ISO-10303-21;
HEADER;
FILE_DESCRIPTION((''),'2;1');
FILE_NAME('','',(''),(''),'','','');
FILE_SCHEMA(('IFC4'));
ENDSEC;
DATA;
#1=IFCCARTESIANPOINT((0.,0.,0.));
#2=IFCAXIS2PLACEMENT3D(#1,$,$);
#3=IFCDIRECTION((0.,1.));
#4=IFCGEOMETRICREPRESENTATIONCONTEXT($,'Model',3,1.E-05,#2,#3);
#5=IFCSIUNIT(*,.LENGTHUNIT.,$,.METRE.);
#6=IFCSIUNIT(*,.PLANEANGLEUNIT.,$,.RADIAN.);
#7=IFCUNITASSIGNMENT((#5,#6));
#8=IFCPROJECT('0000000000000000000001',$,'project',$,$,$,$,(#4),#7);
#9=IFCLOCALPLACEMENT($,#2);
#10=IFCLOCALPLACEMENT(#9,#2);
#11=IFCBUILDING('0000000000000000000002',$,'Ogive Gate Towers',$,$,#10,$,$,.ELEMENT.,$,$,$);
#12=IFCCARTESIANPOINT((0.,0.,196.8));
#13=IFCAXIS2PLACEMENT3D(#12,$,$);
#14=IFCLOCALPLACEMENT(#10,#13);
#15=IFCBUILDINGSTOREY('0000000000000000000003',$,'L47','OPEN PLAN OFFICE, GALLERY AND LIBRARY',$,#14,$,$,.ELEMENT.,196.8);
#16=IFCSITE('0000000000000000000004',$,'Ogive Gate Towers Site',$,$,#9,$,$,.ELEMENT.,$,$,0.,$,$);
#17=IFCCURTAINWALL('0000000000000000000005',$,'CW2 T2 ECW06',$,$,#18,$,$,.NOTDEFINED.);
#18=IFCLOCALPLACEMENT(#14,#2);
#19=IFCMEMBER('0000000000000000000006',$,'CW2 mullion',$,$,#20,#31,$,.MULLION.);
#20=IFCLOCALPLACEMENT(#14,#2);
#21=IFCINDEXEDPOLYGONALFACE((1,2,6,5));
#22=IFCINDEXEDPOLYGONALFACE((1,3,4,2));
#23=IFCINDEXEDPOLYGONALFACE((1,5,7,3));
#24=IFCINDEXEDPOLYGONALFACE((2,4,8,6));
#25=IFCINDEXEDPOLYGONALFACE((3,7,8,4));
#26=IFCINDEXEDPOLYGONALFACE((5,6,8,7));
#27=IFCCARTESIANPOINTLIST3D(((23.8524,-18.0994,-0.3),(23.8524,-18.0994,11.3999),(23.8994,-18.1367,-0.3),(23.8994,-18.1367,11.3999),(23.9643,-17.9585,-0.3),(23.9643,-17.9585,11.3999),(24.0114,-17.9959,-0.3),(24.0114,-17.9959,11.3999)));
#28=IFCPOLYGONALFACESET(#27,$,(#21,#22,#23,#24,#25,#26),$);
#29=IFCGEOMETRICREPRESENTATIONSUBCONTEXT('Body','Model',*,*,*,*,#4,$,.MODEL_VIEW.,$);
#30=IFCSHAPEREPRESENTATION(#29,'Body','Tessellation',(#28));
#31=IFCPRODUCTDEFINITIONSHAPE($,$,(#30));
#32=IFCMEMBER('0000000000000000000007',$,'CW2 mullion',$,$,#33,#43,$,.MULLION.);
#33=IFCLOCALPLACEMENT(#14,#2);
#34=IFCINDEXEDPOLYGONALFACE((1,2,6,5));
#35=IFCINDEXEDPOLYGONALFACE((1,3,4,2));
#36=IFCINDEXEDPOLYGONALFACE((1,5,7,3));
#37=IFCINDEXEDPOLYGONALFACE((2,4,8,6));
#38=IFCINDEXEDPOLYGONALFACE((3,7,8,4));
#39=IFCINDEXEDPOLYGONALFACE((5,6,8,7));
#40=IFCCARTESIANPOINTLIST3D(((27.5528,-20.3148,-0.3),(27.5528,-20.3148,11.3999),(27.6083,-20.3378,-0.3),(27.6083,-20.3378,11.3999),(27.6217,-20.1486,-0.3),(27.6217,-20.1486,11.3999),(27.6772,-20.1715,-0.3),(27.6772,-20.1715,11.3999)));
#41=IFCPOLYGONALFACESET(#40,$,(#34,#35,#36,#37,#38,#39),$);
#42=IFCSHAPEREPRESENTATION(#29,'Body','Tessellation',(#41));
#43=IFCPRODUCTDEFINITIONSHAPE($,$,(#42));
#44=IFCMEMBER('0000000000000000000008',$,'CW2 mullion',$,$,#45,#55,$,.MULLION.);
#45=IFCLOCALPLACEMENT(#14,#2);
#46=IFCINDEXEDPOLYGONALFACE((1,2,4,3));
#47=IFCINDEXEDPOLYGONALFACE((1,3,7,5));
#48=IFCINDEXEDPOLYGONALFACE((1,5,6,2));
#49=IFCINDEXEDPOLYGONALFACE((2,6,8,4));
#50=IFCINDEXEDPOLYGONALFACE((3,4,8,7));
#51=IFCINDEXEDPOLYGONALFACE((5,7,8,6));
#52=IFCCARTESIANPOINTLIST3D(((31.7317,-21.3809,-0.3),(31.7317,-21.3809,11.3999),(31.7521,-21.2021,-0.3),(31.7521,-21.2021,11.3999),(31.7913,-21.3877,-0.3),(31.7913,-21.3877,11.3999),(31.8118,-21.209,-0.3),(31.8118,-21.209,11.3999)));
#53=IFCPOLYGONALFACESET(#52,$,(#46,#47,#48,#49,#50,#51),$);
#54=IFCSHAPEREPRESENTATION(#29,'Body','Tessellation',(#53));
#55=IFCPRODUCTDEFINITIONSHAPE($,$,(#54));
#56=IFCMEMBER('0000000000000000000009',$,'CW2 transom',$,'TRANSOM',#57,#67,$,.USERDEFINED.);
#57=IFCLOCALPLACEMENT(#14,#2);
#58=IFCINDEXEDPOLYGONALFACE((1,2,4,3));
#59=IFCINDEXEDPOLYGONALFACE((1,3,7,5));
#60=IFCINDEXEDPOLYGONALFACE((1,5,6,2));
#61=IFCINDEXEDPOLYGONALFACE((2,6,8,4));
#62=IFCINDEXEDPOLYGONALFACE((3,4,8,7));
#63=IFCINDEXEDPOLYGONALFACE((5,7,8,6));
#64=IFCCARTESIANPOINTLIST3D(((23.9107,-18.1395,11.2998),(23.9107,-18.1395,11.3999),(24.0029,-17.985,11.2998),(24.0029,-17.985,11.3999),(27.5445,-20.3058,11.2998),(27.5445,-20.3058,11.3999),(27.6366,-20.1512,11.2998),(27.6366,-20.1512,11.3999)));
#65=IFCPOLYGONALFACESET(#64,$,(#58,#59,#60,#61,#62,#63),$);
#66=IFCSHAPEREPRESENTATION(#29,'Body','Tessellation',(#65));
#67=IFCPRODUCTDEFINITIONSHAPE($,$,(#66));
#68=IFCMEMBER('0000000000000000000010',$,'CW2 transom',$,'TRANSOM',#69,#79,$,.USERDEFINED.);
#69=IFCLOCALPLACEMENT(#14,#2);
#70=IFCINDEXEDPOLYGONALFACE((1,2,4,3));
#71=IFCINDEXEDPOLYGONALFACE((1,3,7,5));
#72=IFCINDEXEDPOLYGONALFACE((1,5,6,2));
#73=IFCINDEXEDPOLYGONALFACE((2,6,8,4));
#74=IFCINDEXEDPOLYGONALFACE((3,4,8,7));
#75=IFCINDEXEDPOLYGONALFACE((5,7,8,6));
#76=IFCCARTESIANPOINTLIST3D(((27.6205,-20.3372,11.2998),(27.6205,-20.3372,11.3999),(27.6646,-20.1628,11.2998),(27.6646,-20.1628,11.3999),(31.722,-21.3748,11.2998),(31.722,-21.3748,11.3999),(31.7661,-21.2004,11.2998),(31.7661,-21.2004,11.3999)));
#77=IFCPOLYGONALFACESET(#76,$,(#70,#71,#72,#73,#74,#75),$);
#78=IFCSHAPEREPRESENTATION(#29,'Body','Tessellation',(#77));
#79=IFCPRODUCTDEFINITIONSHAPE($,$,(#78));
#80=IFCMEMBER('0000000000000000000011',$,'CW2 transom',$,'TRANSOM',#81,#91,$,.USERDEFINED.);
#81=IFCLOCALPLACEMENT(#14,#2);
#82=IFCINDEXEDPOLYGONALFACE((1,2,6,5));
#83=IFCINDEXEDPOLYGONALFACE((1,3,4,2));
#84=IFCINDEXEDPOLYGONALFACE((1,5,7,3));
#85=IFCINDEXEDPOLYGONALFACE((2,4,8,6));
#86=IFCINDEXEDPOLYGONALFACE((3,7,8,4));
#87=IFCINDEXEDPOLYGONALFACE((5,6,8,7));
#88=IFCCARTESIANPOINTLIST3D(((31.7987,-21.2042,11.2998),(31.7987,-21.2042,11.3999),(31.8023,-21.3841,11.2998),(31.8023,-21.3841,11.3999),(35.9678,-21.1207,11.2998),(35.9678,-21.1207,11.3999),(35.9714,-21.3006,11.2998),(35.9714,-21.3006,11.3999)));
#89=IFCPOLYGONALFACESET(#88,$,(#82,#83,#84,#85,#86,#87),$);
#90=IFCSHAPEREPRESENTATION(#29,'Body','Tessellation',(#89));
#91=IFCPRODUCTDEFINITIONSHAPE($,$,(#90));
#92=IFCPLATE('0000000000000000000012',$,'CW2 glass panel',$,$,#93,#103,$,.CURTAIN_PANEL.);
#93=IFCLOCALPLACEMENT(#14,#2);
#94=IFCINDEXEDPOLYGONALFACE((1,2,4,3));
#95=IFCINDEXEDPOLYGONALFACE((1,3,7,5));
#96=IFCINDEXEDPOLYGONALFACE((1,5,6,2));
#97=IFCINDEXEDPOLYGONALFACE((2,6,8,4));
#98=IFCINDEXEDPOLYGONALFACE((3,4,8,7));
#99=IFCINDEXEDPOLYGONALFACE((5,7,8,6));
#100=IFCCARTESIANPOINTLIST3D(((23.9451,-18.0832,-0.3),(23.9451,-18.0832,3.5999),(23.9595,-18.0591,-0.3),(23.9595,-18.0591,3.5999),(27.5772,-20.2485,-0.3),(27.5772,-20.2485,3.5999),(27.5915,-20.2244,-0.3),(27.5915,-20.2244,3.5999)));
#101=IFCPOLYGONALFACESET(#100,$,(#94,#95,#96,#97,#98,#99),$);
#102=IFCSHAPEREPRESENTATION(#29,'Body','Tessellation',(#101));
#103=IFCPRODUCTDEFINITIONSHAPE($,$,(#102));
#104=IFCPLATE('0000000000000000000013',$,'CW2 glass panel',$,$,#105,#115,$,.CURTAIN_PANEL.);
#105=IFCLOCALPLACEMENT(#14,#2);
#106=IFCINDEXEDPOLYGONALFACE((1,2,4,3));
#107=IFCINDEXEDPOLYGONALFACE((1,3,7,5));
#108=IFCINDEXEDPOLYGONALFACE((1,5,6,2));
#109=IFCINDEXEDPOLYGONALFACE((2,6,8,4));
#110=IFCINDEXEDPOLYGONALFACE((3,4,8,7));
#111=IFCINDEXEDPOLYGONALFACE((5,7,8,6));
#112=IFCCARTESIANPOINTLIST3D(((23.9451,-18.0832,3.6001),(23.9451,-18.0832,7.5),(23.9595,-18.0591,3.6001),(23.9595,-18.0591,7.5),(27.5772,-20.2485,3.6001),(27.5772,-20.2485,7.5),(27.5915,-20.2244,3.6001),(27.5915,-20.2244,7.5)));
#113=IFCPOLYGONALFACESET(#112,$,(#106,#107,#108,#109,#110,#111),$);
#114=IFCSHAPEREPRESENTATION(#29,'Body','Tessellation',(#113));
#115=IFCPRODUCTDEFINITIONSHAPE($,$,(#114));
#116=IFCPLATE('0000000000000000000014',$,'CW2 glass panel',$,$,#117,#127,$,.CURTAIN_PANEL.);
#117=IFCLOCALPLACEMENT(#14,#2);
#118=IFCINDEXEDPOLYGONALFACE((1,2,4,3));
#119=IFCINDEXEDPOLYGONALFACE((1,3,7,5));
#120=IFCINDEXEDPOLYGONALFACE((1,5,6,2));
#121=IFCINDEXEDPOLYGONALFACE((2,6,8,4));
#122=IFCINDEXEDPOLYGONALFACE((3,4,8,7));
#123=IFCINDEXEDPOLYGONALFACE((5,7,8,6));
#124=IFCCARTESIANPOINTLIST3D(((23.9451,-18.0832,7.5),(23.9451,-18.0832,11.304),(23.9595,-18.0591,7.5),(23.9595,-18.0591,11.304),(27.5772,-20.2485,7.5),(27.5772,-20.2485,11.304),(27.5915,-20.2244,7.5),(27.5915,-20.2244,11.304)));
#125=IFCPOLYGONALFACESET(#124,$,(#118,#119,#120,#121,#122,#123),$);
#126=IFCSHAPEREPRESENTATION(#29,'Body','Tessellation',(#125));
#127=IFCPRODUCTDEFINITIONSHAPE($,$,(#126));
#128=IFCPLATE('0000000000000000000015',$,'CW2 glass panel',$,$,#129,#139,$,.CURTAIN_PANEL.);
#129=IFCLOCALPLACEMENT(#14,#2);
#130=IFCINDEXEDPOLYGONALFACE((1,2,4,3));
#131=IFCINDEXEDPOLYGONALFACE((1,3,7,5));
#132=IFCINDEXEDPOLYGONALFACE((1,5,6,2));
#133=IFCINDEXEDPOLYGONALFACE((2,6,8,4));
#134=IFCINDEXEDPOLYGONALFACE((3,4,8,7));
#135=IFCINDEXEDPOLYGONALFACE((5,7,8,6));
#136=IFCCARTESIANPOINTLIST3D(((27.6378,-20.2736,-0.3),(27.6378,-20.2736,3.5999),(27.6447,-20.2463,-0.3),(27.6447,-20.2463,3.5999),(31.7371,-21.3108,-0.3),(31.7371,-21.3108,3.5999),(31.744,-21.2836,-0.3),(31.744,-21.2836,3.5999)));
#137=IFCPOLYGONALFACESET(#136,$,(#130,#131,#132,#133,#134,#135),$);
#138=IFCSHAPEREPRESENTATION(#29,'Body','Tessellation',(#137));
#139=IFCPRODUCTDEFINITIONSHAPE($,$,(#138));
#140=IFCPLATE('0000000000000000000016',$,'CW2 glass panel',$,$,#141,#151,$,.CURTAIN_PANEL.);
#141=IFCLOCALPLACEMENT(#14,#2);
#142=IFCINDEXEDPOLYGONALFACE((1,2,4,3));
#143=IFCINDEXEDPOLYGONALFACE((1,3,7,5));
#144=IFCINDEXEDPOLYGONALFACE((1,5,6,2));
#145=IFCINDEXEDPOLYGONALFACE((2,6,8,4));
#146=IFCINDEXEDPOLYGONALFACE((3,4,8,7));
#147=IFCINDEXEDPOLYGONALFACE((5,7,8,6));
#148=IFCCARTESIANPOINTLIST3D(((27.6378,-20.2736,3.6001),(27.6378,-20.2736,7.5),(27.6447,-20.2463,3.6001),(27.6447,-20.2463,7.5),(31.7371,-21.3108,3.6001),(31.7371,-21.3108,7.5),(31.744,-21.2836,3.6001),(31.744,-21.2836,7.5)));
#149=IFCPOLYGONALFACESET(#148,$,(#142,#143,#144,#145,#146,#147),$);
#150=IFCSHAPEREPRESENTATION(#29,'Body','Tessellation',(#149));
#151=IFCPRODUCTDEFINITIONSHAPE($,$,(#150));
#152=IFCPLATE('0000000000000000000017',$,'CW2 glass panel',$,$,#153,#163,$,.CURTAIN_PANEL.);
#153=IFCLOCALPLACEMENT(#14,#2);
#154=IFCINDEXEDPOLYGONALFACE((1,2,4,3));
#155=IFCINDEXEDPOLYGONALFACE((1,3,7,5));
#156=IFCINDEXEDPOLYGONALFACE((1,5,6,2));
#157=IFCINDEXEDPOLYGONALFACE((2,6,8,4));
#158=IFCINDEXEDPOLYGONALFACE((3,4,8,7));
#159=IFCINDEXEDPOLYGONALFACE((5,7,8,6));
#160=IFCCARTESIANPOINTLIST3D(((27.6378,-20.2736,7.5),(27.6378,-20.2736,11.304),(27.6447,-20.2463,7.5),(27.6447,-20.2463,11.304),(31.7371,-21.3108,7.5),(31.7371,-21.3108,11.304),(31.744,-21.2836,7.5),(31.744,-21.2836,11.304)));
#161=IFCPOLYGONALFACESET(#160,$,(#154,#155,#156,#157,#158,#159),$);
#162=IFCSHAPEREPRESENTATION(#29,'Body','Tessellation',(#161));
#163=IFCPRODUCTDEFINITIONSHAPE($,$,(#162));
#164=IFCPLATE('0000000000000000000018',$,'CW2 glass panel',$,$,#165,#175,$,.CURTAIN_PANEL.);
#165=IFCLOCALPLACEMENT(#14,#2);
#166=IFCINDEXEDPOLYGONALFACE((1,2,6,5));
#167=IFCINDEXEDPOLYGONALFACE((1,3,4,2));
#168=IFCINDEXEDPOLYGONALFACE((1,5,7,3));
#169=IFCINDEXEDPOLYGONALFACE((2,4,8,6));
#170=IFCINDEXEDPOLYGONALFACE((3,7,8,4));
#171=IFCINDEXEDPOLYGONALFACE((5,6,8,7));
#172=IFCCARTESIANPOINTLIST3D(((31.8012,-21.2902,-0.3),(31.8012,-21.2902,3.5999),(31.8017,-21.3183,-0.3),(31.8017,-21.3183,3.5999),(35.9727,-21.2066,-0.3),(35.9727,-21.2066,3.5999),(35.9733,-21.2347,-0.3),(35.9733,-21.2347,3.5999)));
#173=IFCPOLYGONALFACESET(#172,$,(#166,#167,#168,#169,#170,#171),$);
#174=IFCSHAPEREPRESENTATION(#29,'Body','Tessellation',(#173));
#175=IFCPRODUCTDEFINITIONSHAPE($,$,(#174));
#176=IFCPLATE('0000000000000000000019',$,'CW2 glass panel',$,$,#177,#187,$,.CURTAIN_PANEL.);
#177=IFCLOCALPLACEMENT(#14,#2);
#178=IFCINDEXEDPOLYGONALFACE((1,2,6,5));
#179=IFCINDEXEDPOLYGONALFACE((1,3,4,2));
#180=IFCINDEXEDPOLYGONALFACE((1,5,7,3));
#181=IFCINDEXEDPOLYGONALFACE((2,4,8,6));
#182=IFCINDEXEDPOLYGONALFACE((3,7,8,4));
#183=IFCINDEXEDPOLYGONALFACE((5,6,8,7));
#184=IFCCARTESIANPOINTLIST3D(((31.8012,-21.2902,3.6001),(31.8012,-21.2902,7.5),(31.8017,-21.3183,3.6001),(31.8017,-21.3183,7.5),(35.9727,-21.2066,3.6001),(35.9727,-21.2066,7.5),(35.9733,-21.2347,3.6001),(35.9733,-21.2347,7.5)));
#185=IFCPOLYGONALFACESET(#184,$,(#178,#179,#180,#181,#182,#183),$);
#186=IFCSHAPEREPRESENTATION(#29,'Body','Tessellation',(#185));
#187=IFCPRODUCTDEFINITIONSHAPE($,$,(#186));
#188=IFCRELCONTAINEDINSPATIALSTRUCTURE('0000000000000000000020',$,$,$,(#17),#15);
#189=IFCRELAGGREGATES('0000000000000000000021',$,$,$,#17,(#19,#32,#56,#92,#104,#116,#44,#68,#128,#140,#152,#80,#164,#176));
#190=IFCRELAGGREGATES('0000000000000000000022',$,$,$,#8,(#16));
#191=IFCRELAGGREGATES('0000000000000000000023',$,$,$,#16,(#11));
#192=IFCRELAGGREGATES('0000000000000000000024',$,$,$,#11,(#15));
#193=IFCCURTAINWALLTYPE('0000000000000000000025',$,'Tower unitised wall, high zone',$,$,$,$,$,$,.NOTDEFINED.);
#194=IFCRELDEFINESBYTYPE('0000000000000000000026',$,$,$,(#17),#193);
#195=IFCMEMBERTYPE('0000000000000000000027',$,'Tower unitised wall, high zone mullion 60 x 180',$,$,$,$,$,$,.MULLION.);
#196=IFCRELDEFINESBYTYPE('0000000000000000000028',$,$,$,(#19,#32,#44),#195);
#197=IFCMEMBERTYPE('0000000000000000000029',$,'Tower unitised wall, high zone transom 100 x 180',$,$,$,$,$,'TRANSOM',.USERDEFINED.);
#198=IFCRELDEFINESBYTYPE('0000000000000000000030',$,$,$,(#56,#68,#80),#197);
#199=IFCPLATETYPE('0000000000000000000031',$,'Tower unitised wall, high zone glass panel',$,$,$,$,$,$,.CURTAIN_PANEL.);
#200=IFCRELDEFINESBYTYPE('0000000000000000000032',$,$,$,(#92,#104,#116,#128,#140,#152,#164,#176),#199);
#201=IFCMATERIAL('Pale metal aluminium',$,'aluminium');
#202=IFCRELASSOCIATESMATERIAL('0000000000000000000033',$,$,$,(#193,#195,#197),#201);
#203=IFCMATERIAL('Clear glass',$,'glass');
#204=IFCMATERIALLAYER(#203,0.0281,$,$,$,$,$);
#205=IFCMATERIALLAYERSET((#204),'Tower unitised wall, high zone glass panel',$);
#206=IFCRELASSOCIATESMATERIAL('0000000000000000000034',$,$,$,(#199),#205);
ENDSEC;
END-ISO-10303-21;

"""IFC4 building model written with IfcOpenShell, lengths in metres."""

from ifc_helpers import new_model, si_unit, direction, frame, origin, origin_2d, place, context, subcontext, project, spatial, rectangle, extrude, material, layer, layer_set, material_profile, profile_set, type_object, element, aggregate, save


model = new_model("IFC4")

# Units and contexts
model_context = context("Model", 3, precision=1e-05, world=origin(), true_north=direction((0.0, 1.0)))
body_context = subcontext(model_context, "Body", "Model", "MODEL_VIEW")
ifc_project = project(units=[si_unit("LENGTHUNIT", "METRE"), si_unit("PLANEANGLEUNIT", "RADIAN")], contexts=[model_context])

# Site, building, storey
site_placement = place(None, origin())
site = spatial("IfcSite", under=ifc_project, at=site_placement, Name="Ogive Gate Towers Site", CompositionType="ELEMENT", RefElevation=0.0)
building_placement = place(site_placement, origin())
building = spatial("IfcBuilding", under=site, at=building_placement, Name="Ogive Gate Towers", CompositionType="ELEMENT")
storey_placement = place(building_placement, frame((0.0, 0.0, 196.8)))
storey = spatial("IfcBuildingStorey", under=building, at=storey_placement, Name="L47", Description="OPEN PLAN OFFICE, GALLERY AND LIBRARY", CompositionType="ELEMENT", Elevation=196.8)

# Curtain wall, members, plates
ifc_material_1 = material(Name="Pale metal aluminium", Category="aluminium")
curtain_wall_type = type_object("IfcCurtainWallType", Name="Tower unitised wall, high zone", PredefinedType="NOTDEFINED", material=ifc_material_1)
curtain_wall_placement = place(storey_placement, origin())
curtain_wall = element("IfcCurtainWall", 1, at=curtain_wall_placement, inside=storey, type_object=curtain_wall_type, Name="CW2 T2 ECW06", PredefinedType="NOTDEFINED")
ifc_material_profile_1 = material_profile(ifc_material_1, rectangle(XDim=0.1799, YDim=0.0601, at=origin_2d()), Name="60 x 180 aluminium box")
ifc_profile_set_1 = profile_set([ifc_material_profile_1], Name="Pale metal aluminium")
member_type_1 = type_object("IfcMemberType", Name="Tower unitised wall, high zone mullion 60 x 180", PredefinedType="MULLION", material=ifc_profile_set_1)
member_1_placement = place(storey_placement, frame((23.9319, -18.0476, -0.3), z_axis=(0.0, 0.0, 1.0), x_axis=(-0.622173, -0.78288, 0.0)))
member_1 = element("IfcMember", 2, at=member_1_placement, type_object=member_type_1, Name="CW2 mullion", PredefinedType="MULLION", context=body_context, shape_type="SweptSolid", body=[
    extrude(rectangle(XDim=0.1799, YDim=0.0601, at=origin_2d()), origin(), (0.0, 0.0, 1.0), 11.7),
])
member_2_placement = place(storey_placement, frame((27.615, -20.2432, -0.3), z_axis=(0.0, 0.0, 1.0), x_axis=(-0.382683, -0.92388, 0.0)))
member_2 = element("IfcMember", 3, at=member_2_placement, type_object=member_type_1, Name="CW2 mullion", PredefinedType="MULLION", context=body_context, shape_type="SweptSolid", body=[
    extrude(rectangle(XDim=0.1799, YDim=0.0601, at=origin_2d()), origin(), (0.0, 0.0, 1.0), 11.7),
])
member_3_placement = place(storey_placement, frame((31.7717, -21.2949, -0.3), z_axis=(0.0, 0.0, 1.0), x_axis=(-0.113637, -0.993522, 0.0)))
member_3 = element("IfcMember", 4, at=member_3_placement, type_object=member_type_1, Name="CW2 mullion", PredefinedType="MULLION", context=body_context, shape_type="SweptSolid", body=[
    extrude(rectangle(XDim=0.1799, YDim=0.0601, at=origin_2d()), origin(), (0.0, 0.0, 1.0), 11.7),
])
ifc_material_profile_2 = material_profile(ifc_material_1, rectangle(XDim=0.1799, YDim=0.1001, at=origin_2d()), Name="100 x 180 aluminium box")
ifc_profile_set_2 = profile_set([ifc_material_profile_2], Name="Pale metal aluminium")
member_type_2 = type_object("IfcMemberType", Name="Tower unitised wall, high zone transom 100 x 180", ElementType="TRANSOM", PredefinedType="USERDEFINED", material=ifc_profile_set_2)
member_4_placement = place(storey_placement, frame((23.9568, -18.0623, 11.3499), z_axis=(0.858951, -0.512058, 0.0), x_axis=(0.512058, 0.858951, 0.0)))
member_4 = element("IfcMember", 5, at=member_4_placement, type_object=member_type_2, Name="CW2 transom", ObjectType="TRANSOM", PredefinedType="USERDEFINED", context=body_context, shape_type="SweptSolid", body=[
    extrude(rectangle(XDim=0.1799, YDim=0.1001, at=origin_2d()), origin(), (0.0, 0.0, 1.0), 4.2305),
])
member_5_placement = place(storey_placement, frame((27.6426, -20.25, 11.3499), z_axis=(0.96946, -0.24525, 0.0), x_axis=(0.24525, 0.96946, 0.0)))
member_5 = element("IfcMember", 6, at=member_5_placement, type_object=member_type_2, Name="CW2 transom", ObjectType="TRANSOM", PredefinedType="USERDEFINED", context=body_context, shape_type="SweptSolid", body=[
    extrude(rectangle(XDim=0.1799, YDim=0.1001, at=origin_2d()), origin(), (0.0, 0.0, 1.0), 4.2307),
])
member_6_placement = place(storey_placement, frame((31.8005, -21.2942, 11.3499), z_axis=(0.9998, 0.020023, 0.0), x_axis=(-0.020023, 0.9998, 0.0)))
member_6 = element("IfcMember", 7, at=member_6_placement, type_object=member_type_2, Name="CW2 transom", ObjectType="TRANSOM", PredefinedType="USERDEFINED", context=body_context, shape_type="SweptSolid", body=[
    extrude(rectangle(XDim=0.1799, YDim=0.1001, at=origin_2d()), origin(), (0.0, 0.0, 1.0), 4.1699),
])
ifc_material_2 = material(Name="Clear glass", Category="glass")
ifc_layer = layer(ifc_material_2, 0.0281)
ifc_layer_set = layer_set([ifc_layer], Name="Tower unitised wall, high zone glass panel")
plate_type = type_object("IfcPlateType", Name="Tower unitised wall, high zone glass panel", PredefinedType="CURTAIN_PANEL", material=ifc_layer_set)
plate_1_placement = place(storey_placement, frame((25.7683, -19.1538, -0.3), z_axis=(0.0, 0.0, 1.0), x_axis=(0.858951, -0.512058, 0.0)))
plate_1 = element("IfcPlate", 8, at=plate_1_placement, type_object=plate_type, Name="CW2 glass panel", PredefinedType="CURTAIN_PANEL", context=body_context, shape_type="SweptSolid", body=[
    extrude(rectangle(XDim=4.2285, YDim=0.0281, at=origin_2d()), origin(), (0.0, 0.0, 1.0), 3.8999),
])
plate_2_placement = place(storey_placement, frame((25.7683, -19.1538, 3.6001), z_axis=(0.0, 0.0, 1.0), x_axis=(0.858951, -0.512058, 0.0)))
plate_2 = element("IfcPlate", 9, at=plate_2_placement, type_object=plate_type, Name="CW2 glass panel", PredefinedType="CURTAIN_PANEL", context=body_context, shape_type="SweptSolid", body=[
    extrude(rectangle(XDim=4.2285, YDim=0.0281, at=origin_2d()), origin(), (0.0, 0.0, 1.0), 3.8999),
])
plate_3_placement = place(storey_placement, frame((25.7683, -19.1538, 7.5), z_axis=(0.0, 0.0, 1.0), x_axis=(0.858951, -0.512058, 0.0)))
plate_3 = element("IfcPlate", 10, at=plate_3_placement, type_object=plate_type, Name="CW2 glass panel", PredefinedType="CURTAIN_PANEL", context=body_context, shape_type="SweptSolid", body=[
    extrude(rectangle(XDim=4.2285, YDim=0.0281, at=origin_2d()), origin(), (0.0, 0.0, 1.0), 3.804),
])
plate_4_placement = place(storey_placement, frame((29.6909, -20.7786, -0.3), z_axis=(0.0, 0.0, 1.0), x_axis=(0.96945, -0.24529, 0.0)))
plate_4 = element("IfcPlate", 11, at=plate_4_placement, type_object=plate_type, Name="CW2 glass panel", PredefinedType="CURTAIN_PANEL", context=body_context, shape_type="SweptSolid", body=[
    extrude(rectangle(XDim=4.2285, YDim=0.0281, at=origin_2d()), origin(), (0.0, 0.0, 1.0), 3.8999),
])
plate_5_placement = place(storey_placement, frame((29.6909, -20.7786, 3.6001), z_axis=(0.0, 0.0, 1.0), x_axis=(0.96945, -0.24529, 0.0)))
plate_5 = element("IfcPlate", 12, at=plate_5_placement, type_object=plate_type, Name="CW2 glass panel", PredefinedType="CURTAIN_PANEL", context=body_context, shape_type="SweptSolid", body=[
    extrude(rectangle(XDim=4.2285, YDim=0.0281, at=origin_2d()), origin(), (0.0, 0.0, 1.0), 3.8999),
])
plate_6_placement = place(storey_placement, frame((29.6909, -20.7786, 7.5), z_axis=(0.0, 0.0, 1.0), x_axis=(0.96945, -0.24529, 0.0)))
plate_6 = element("IfcPlate", 13, at=plate_6_placement, type_object=plate_type, Name="CW2 glass panel", PredefinedType="CURTAIN_PANEL", context=body_context, shape_type="SweptSolid", body=[
    extrude(rectangle(XDim=4.2285, YDim=0.0281, at=origin_2d()), origin(), (0.0, 0.0, 1.0), 3.804),
])
plate_7_placement = place(storey_placement, frame((33.8872, -21.2625, -0.3), z_axis=(0.0, 0.0, 1.0), x_axis=(0.999799, 0.020052, 0.0)))
plate_7 = element("IfcPlate", 14, at=plate_7_placement, type_object=plate_type, Name="CW2 glass panel", PredefinedType="CURTAIN_PANEL", context=body_context, shape_type="SweptSolid", body=[
    extrude(rectangle(XDim=4.1724, YDim=0.0281, at=origin_2d()), origin(), (0.0, 0.0, 1.0), 3.8999),
])
plate_8_placement = place(storey_placement, frame((33.8872, -21.2625, 3.6001), z_axis=(0.0, 0.0, 1.0), x_axis=(0.999799, 0.020052, 0.0)))
plate_8 = element("IfcPlate", 15, at=plate_8_placement, type_object=plate_type, Name="CW2 glass panel", PredefinedType="CURTAIN_PANEL", context=body_context, shape_type="SweptSolid", body=[
    extrude(rectangle(XDim=4.1724, YDim=0.0281, at=origin_2d()), origin(), (0.0, 0.0, 1.0), 3.8999),
])
aggregate(curtain_wall, [member_1, member_2, member_4, plate_1, plate_2, plate_3, member_3, member_5, plate_4, plate_5, plate_6, member_6, plate_7, plate_8])

save(model, "model.ifc")
